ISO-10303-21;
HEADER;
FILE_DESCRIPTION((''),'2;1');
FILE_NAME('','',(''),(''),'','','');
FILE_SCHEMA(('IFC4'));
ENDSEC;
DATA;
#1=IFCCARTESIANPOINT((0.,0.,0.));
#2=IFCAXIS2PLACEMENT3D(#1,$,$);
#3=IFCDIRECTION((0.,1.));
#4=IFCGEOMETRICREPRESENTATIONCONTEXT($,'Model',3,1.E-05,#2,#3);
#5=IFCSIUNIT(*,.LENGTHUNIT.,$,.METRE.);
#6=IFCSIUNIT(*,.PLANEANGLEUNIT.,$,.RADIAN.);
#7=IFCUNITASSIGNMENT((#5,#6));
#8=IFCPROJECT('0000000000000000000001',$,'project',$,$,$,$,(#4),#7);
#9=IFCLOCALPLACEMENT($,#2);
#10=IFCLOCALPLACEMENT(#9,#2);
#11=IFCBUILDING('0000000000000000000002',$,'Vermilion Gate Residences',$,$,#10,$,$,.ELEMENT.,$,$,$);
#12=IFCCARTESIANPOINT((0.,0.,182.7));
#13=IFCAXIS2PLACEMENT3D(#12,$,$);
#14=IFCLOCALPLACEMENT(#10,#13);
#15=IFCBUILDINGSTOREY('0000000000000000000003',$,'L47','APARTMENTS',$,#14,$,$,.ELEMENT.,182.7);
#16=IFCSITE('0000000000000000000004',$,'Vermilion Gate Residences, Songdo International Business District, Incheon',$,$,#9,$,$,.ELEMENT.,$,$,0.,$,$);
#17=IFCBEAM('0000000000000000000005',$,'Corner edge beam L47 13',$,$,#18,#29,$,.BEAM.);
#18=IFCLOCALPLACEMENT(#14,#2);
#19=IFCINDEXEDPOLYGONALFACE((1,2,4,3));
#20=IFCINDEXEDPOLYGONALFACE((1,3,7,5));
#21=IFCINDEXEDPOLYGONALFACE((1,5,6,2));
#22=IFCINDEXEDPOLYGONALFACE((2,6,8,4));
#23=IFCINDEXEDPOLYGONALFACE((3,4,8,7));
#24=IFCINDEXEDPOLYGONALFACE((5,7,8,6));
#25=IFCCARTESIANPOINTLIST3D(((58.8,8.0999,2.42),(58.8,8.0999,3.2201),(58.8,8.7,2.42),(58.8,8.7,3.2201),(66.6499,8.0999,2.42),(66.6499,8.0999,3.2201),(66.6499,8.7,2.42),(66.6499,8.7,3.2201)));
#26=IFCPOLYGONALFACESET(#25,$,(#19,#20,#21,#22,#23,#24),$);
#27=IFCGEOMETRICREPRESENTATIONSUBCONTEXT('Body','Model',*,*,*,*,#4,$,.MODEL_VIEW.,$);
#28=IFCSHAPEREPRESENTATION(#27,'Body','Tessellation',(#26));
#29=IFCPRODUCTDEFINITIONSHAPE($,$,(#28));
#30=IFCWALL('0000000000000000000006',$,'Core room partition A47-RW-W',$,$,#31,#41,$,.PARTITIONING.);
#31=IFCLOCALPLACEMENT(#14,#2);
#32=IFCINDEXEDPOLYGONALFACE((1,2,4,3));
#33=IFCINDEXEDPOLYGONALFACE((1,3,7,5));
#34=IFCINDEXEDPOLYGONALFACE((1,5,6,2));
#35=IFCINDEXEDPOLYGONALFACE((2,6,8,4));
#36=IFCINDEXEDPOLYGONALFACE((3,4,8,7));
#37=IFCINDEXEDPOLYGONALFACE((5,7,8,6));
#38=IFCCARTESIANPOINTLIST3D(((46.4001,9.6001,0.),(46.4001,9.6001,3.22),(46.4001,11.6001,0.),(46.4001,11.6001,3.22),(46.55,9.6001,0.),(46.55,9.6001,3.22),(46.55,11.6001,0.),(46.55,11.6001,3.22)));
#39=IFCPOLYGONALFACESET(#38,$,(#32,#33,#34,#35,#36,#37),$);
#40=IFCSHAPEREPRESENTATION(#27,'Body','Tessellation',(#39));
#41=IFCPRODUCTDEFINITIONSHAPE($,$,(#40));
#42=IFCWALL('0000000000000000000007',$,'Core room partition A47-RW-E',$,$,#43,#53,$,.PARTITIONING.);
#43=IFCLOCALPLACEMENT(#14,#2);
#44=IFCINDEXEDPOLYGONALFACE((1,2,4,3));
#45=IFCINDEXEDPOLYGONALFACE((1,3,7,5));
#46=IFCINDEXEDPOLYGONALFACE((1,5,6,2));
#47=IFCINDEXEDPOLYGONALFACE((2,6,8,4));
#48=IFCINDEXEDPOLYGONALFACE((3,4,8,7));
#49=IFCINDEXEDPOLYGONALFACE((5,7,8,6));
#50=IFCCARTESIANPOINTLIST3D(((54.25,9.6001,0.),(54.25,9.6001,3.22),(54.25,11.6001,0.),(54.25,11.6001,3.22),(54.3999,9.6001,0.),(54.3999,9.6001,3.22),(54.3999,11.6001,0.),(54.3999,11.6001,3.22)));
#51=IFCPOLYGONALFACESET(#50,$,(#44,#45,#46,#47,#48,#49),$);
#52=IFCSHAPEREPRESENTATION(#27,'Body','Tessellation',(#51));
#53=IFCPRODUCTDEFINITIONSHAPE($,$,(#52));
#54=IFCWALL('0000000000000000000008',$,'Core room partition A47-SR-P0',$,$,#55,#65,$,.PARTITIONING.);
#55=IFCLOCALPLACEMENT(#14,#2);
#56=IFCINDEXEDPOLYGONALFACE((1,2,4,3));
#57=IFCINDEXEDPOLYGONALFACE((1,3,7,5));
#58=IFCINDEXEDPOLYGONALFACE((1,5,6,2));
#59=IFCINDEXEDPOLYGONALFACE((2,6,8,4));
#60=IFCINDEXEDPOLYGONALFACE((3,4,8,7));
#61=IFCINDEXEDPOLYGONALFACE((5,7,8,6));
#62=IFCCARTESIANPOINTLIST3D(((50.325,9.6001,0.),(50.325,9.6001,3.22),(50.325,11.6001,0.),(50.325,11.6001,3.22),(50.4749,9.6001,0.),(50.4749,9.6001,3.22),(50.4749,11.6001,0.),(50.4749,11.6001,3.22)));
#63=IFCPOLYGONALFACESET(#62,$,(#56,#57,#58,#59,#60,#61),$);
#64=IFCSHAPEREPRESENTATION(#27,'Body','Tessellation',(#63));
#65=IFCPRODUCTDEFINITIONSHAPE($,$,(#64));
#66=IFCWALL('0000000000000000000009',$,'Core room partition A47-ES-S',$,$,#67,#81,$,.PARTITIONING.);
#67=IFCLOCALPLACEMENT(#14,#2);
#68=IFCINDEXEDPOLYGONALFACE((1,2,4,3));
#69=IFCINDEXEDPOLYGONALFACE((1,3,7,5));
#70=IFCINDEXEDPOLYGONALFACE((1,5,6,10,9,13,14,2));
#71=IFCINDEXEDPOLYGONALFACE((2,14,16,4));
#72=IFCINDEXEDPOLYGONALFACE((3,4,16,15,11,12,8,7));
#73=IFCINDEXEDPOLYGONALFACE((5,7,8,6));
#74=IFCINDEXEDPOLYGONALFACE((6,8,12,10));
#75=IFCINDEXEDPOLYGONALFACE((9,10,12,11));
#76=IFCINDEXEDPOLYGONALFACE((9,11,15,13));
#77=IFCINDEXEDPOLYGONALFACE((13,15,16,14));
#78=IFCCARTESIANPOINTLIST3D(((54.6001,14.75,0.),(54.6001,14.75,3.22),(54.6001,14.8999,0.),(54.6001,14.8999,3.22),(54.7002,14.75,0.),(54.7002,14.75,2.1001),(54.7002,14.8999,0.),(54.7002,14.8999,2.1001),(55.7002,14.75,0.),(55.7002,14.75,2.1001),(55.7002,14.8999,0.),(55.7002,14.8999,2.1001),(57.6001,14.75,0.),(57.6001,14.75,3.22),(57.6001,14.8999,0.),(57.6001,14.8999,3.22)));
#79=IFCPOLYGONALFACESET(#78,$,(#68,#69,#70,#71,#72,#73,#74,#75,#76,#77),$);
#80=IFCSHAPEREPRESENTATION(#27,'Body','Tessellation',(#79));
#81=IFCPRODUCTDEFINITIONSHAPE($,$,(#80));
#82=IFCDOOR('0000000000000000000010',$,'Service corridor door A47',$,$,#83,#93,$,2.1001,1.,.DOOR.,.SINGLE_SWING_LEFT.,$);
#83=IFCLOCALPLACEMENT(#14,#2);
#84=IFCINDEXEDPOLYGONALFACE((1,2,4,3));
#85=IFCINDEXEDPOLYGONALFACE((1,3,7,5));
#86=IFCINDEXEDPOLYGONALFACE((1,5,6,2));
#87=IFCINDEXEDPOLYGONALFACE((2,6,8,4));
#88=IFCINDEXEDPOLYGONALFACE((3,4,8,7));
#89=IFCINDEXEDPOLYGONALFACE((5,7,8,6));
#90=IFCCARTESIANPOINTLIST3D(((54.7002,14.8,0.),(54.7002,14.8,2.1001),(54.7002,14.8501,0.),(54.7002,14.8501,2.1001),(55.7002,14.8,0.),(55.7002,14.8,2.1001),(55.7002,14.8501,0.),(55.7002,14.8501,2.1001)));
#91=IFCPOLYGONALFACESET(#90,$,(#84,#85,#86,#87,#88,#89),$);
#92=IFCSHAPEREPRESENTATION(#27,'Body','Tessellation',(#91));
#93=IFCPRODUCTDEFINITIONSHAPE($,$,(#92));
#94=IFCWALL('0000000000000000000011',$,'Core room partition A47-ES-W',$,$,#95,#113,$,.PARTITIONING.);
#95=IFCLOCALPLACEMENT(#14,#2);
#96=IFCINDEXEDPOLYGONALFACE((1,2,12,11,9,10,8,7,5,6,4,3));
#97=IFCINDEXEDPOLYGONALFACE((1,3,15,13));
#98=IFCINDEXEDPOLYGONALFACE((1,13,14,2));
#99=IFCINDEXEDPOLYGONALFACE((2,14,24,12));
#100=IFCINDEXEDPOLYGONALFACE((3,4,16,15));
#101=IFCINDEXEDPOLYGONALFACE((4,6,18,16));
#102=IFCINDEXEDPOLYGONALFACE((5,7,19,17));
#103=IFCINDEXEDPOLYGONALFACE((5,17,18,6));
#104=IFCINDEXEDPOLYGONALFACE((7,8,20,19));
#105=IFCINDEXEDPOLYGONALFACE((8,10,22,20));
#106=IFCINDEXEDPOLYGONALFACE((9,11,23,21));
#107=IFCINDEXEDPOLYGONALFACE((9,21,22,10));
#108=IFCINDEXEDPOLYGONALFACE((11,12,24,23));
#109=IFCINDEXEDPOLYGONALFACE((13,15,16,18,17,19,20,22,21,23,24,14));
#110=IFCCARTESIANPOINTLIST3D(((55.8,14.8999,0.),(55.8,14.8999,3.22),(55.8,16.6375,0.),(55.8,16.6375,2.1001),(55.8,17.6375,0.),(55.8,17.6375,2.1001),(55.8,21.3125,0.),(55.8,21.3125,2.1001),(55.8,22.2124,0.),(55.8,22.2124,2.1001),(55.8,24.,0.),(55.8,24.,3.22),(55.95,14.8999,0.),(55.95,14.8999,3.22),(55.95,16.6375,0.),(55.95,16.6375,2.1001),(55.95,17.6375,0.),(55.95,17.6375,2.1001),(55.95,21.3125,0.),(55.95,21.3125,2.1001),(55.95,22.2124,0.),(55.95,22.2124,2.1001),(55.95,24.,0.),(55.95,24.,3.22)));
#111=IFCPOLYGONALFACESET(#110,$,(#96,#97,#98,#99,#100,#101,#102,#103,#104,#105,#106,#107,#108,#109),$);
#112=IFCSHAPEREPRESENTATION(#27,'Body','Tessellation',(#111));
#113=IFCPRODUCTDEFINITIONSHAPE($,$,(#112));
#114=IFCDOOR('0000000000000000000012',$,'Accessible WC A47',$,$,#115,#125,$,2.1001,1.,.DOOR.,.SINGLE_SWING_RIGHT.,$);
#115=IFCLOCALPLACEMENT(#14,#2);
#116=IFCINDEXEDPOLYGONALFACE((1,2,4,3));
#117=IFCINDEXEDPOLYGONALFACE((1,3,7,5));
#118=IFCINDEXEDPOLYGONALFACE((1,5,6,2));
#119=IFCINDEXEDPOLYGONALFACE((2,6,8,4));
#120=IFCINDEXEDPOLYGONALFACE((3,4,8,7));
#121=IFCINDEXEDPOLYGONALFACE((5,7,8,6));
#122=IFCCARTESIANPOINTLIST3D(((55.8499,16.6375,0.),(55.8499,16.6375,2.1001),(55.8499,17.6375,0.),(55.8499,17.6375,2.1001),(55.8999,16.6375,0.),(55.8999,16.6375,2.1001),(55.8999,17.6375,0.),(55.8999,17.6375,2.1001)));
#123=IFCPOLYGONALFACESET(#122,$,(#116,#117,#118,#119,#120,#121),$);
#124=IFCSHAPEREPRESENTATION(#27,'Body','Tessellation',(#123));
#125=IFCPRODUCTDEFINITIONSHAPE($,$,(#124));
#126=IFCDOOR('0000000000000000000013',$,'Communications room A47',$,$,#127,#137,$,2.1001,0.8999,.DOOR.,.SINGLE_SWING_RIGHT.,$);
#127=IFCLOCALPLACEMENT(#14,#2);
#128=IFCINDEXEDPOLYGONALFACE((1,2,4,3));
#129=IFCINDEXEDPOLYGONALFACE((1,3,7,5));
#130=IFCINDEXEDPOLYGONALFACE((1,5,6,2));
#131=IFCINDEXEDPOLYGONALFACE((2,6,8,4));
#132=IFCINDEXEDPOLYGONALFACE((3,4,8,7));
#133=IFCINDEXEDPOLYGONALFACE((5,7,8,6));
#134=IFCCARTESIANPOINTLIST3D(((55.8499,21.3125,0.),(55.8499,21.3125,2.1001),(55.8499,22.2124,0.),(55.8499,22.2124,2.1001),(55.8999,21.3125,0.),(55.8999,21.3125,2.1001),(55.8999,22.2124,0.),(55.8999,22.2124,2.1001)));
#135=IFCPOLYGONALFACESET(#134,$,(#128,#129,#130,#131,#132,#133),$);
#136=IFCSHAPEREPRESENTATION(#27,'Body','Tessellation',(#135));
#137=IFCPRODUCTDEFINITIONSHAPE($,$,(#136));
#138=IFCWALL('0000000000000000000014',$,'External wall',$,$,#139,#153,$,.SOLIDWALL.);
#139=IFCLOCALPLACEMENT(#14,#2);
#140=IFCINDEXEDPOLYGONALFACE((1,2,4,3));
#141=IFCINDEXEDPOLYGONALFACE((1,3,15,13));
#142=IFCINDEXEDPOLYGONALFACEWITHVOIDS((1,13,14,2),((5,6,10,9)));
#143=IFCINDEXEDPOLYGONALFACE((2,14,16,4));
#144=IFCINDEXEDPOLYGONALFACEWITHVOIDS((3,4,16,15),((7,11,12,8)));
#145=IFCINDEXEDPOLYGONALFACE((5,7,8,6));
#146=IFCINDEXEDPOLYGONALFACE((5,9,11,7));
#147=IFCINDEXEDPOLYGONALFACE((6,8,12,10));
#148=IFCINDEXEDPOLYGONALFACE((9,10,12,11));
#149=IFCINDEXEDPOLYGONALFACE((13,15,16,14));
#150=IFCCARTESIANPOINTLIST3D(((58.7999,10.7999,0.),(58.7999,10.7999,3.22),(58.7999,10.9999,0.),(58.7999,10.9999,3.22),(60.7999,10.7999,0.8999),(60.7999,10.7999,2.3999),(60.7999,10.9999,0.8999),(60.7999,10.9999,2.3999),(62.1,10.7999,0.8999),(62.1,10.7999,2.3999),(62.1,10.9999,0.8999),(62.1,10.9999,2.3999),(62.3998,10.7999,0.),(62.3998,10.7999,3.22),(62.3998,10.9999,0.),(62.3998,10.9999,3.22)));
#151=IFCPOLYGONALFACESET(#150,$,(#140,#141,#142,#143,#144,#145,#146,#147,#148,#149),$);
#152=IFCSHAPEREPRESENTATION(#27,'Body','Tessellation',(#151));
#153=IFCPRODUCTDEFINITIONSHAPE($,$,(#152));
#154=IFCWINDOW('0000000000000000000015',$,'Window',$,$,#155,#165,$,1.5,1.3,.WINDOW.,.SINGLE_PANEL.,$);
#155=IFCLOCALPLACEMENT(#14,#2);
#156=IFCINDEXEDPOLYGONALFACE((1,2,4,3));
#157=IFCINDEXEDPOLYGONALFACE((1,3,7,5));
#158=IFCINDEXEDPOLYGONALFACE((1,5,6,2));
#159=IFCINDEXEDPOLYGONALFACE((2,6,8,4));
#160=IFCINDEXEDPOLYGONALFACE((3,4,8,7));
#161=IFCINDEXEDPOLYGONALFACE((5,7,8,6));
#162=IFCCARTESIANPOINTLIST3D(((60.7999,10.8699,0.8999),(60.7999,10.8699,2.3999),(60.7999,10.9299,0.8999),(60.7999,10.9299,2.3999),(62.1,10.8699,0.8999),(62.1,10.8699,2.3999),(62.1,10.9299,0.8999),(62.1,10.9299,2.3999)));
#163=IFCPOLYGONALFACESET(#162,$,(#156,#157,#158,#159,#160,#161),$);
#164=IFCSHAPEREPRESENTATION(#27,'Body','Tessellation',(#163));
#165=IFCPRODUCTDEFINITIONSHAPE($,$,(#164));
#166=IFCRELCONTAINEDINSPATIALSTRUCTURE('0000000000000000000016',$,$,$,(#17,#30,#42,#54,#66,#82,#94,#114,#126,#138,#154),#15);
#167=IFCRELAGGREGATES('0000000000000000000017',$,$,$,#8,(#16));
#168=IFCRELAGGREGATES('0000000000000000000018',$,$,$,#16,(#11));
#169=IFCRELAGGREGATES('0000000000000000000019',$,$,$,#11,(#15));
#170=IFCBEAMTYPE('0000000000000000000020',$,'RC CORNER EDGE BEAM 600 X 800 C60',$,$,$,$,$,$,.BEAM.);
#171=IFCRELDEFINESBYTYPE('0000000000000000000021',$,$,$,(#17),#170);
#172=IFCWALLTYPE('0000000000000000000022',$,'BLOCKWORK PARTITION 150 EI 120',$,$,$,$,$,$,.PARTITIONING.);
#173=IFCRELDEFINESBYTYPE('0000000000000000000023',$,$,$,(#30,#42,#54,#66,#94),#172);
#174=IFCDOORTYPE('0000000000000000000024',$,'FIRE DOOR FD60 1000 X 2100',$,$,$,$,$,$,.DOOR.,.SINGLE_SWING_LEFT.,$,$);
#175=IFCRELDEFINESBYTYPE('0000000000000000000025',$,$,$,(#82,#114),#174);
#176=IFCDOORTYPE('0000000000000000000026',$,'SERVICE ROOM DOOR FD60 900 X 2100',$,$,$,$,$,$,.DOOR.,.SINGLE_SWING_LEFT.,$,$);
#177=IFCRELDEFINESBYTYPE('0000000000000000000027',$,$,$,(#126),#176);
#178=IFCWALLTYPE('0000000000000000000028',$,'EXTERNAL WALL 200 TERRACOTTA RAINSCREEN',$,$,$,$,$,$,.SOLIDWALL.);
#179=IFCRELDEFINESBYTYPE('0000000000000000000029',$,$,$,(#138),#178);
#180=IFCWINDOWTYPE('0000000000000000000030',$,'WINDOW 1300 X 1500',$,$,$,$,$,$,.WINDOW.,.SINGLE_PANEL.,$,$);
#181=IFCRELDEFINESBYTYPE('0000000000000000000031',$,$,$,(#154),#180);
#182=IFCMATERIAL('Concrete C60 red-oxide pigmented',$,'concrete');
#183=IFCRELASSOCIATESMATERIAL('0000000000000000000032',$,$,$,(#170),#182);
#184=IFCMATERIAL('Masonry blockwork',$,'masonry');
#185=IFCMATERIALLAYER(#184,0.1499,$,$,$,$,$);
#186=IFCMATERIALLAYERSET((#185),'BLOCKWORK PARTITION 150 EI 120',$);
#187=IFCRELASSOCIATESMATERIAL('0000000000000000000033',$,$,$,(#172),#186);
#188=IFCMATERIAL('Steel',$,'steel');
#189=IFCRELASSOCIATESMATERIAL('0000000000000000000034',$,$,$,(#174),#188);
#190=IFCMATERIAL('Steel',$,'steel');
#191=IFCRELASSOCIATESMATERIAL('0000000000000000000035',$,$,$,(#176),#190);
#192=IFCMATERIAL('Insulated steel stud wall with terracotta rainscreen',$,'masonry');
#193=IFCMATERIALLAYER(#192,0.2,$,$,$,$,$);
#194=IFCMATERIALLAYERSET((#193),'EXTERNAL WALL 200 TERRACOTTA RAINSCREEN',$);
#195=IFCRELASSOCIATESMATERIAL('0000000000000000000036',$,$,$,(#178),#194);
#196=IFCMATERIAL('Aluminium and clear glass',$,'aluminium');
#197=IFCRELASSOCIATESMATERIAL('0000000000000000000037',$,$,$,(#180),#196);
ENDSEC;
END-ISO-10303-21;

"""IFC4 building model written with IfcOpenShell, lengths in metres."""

from ifc_helpers import new_model, si_unit, direction, frame, frame_2d, origin, origin_2d, place, context, subcontext, project, spatial, rectangle, extrude, material, layer, layer_set, material_profile, profile_set, type_object, element, fill, save


model = new_model("IFC4")

# Units and contexts
model_context = context("Model", 3, precision=1e-05, world=origin(), true_north=direction((0.0, 1.0)))
body_context = subcontext(model_context, "Body", "Model", "MODEL_VIEW")
ifc_project = project(units=[si_unit("LENGTHUNIT", "METRE"), si_unit("PLANEANGLEUNIT", "RADIAN")], contexts=[model_context])

# Site, building, storey
site_placement = place(None, origin())
site = spatial("IfcSite", under=ifc_project, at=site_placement, Name="Vermilion Gate Residences, Songdo International Business District, Incheon", CompositionType="ELEMENT", RefElevation=0.0)
building_placement = place(site_placement, origin())
building = spatial("IfcBuilding", under=site, at=building_placement, Name="Vermilion Gate Residences", CompositionType="ELEMENT")
storey_placement = place(building_placement, frame((0.0, 0.0, 182.7)))
storey = spatial("IfcBuildingStorey", under=building, at=storey_placement, Name="L47", Description="APARTMENTS", CompositionType="ELEMENT", Elevation=182.7)

# Beam
ifc_material_1 = material(Name="Concrete C60 red-oxide pigmented", Category="concrete")
ifc_material_profile = material_profile(ifc_material_1, rectangle(XDim=0.6001, YDim=0.8, at=origin_2d()), Name="RC-600x800")
ifc_profile_set = profile_set([ifc_material_profile], Name="Concrete C60 red-oxide pigmented")
beam_type = type_object("IfcBeamType", Name="RC CORNER EDGE BEAM 600 X 800 C60", PredefinedType="BEAM", material=ifc_profile_set)
beam_placement = place(storey_placement, frame((58.8, 8.3999, 2.8201), z_axis=(1.0, 0.0, 0.0), x_axis=(0.0, 1.0, 0.0)))
element("IfcBeam", 1, at=beam_placement, inside=storey, type_object=beam_type, Name="Corner edge beam L47 13", PredefinedType="BEAM", context=body_context, shape_type="SweptSolid", body=[
    extrude(rectangle(XDim=0.6001, YDim=0.8, at=origin_2d()), origin(), (0.0, 0.0, 1.0), 7.8499),
])

# Walls
ifc_material_2 = material(Name="Masonry blockwork", Category="masonry")
ifc_layer_1 = layer(ifc_material_2, 0.1499)
ifc_layer_set_1 = layer_set([ifc_layer_1], Name="BLOCKWORK PARTITION 150 EI 120")
wall_type_1 = type_object("IfcWallType", Name="BLOCKWORK PARTITION 150 EI 120", PredefinedType="PARTITIONING", material=ifc_layer_set_1)
for number, where, z_axis, x_axis, name in (
    (2, (46.4751, 9.6001, 0.0), (0.0, 0.0, 1.0), (0.0, 1.0, 0.0), "Core room partition A47-RW-W"),
    (3, (54.325, 9.6001, 0.0), (0.0, 0.0, 1.0), (0.0, 1.0, 0.0), "Core room partition A47-RW-E"),
    (4, (50.3999, 9.6001, 0.0), (0.0, 0.0, 1.0), (0.0, 1.0, 0.0), "Core room partition A47-SR-P0"),
):
    element("IfcWall", number, at=place(storey_placement, frame(where, z_axis=z_axis, x_axis=x_axis)), inside=storey, type_object=wall_type_1, Name=name, PredefinedType="PARTITIONING", context=body_context, shape_type="SweptSolid", body=[
        extrude(rectangle(XDim=2.0, YDim=0.1499, at=frame_2d((1.0, 0.0))), origin(), (0.0, 0.0, 1.0), 3.22),
    ])

# Wall, opening, door
wall_1_placement = place(storey_placement, frame((54.6001, 14.825, 0.0), z_axis=(0.0, 0.0, 1.0), x_axis=(1.0, 0.0, 0.0)))
wall_1 = element("IfcWall", 5, at=wall_1_placement, inside=storey, type_object=wall_type_1, Name="Core room partition A47-ES-S", PredefinedType="PARTITIONING", context=body_context, shape_type="SweptSolid", body=[
    extrude(rectangle(XDim=3.0, YDim=0.1499, at=frame_2d((1.5, 0.0))), origin(), (0.0, 0.0, 1.0), 3.22),
])
opening_1_placement = place(wall_1_placement, frame((0.1001, 0.0, 0.0)))
opening_1 = element("IfcOpeningElement", 6, at=opening_1_placement, cuts=wall_1, PredefinedType="OPENING", context=body_context, shape_type="SweptSolid", body=[
    extrude(rectangle(XDim=1.0, YDim=2.1001, at=frame_2d((0.5, 1.05))), frame((0.0, 0.085, 0.0), z_axis=(0.0, -1.0, 0.0), x_axis=(1.0, 0.0, 0.0)), (0.0, 0.0, 1.0), 0.1699),
])
ifc_material_3 = material(Name="Steel", Category="steel")
door_type_1 = type_object("IfcDoorType", Name="FIRE DOOR FD60 1000 X 2100", OperationType="SINGLE_SWING_LEFT", PredefinedType="DOOR", material=ifc_material_3)
door_1_placement = place(opening_1_placement, frame((1.0, 0.0, 0.0), z_axis=(0.0, 0.0, 1.0), x_axis=(-1.0, 0.0, 0.0)))
door_1 = element("IfcDoor", 7, at=door_1_placement, inside=storey, type_object=door_type_1, Name="Service corridor door A47", OperationType="SINGLE_SWING_LEFT", OverallHeight=2.1001, OverallWidth=1.0, PredefinedType="DOOR", context=body_context, shape_type="SweptSolid", body=[
    extrude(rectangle(XDim=1.0, YDim=2.1001, at=frame_2d((0.5, 1.05))), frame((0.0, 0.0249, 0.0), z_axis=(0.0, -1.0, 0.0), x_axis=(1.0, 0.0, 0.0)), (0.0, 0.0, 1.0), 0.05),
])
fill(opening_1, door_1)

# Wall, openings, doors
wall_2_placement = place(storey_placement, frame((55.875, 14.8999, 0.0), z_axis=(0.0, 0.0, 1.0), x_axis=(0.0, 1.0, 0.0)))
wall_2 = element("IfcWall", 8, at=wall_2_placement, inside=storey, type_object=wall_type_1, Name="Core room partition A47-ES-W", PredefinedType="PARTITIONING", context=body_context, shape_type="SweptSolid", body=[
    extrude(rectangle(XDim=9.1001, YDim=0.1499, at=frame_2d((4.55, 0.0))), origin(), (0.0, 0.0, 1.0), 3.22),
])
opening_2_placement = place(wall_2_placement, frame((1.7375, 0.0, 0.0)))
opening_2 = element("IfcOpeningElement", 9, at=opening_2_placement, cuts=wall_2, PredefinedType="OPENING", context=body_context, shape_type="SweptSolid", body=[
    extrude(rectangle(XDim=1.0, YDim=2.1001, at=frame_2d((0.5, 1.05))), frame((0.0, 0.085, 0.0), z_axis=(0.0, -1.0, 0.0), x_axis=(1.0, 0.0, 0.0)), (0.0, 0.0, 1.0), 0.1699),
])
opening_3_placement = place(wall_2_placement, frame((6.4126, 0.0, 0.0)))
opening_3 = element("IfcOpeningElement", 10, at=opening_3_placement, cuts=wall_2, PredefinedType="OPENING", context=body_context, shape_type="SweptSolid", body=[
    extrude(rectangle(XDim=0.8999, YDim=2.1001, at=frame_2d((0.45, 1.05))), frame((0.0, 0.085, 0.0), z_axis=(0.0, -1.0, 0.0), x_axis=(1.0, 0.0, 0.0)), (0.0, 0.0, 1.0), 0.1699),
])
door_2_placement = place(opening_2_placement, frame((1.0, 0.0, 0.0), z_axis=(0.0, 0.0, 1.0), x_axis=(-1.0, 0.0, 0.0)))
door_2 = element("IfcDoor", 11, at=door_2_placement, inside=storey, type_object=door_type_1, Name="Accessible WC A47", OperationType="SINGLE_SWING_RIGHT", OverallHeight=2.1001, OverallWidth=1.0, PredefinedType="DOOR", context=body_context, shape_type="SweptSolid", body=[
    extrude(rectangle(XDim=1.0, YDim=2.1001, at=frame_2d((0.5, 1.05))), frame((0.0, 0.0249, 0.0), z_axis=(0.0, -1.0, 0.0), x_axis=(1.0, 0.0, 0.0)), (0.0, 0.0, 1.0), 0.05),
])
fill(opening_2, door_2)
ifc_material_4 = material(Name="Steel", Category="steel")
door_type_2 = type_object("IfcDoorType", Name="SERVICE ROOM DOOR FD60 900 X 2100", OperationType="SINGLE_SWING_LEFT", PredefinedType="DOOR", material=ifc_material_4)
door_3_placement = place(opening_3_placement, frame((0.8999, 0.0, 0.0), z_axis=(0.0, 0.0, 1.0), x_axis=(-1.0, 0.0, 0.0)))
door_3 = element("IfcDoor", 12, at=door_3_placement, inside=storey, type_object=door_type_2, Name="Communications room A47", OperationType="SINGLE_SWING_RIGHT", OverallHeight=2.1001, OverallWidth=0.8999, PredefinedType="DOOR", context=body_context, shape_type="SweptSolid", body=[
    extrude(rectangle(XDim=0.8999, YDim=2.1001, at=frame_2d((0.45, 1.05))), frame((0.0, 0.0249, 0.0), z_axis=(0.0, -1.0, 0.0), x_axis=(1.0, 0.0, 0.0)), (0.0, 0.0, 1.0), 0.05),
])
fill(opening_3, door_3)

# Wall, opening, window
ifc_material_5 = material(Name="Insulated steel stud wall with terracotta rainscreen", Category="masonry")
ifc_layer_2 = layer(ifc_material_5, 0.2)
ifc_layer_set_2 = layer_set([ifc_layer_2], Name="EXTERNAL WALL 200 TERRACOTTA RAINSCREEN")
wall_type_2 = type_object("IfcWallType", Name="EXTERNAL WALL 200 TERRACOTTA RAINSCREEN", PredefinedType="SOLIDWALL", material=ifc_layer_set_2)
wall_3_placement = place(storey_placement, frame((58.8, 10.8999, 0.0), z_axis=(0.0, 0.0, 1.0), x_axis=(1.0, 0.0, 0.0)))
wall_3 = element("IfcWall", 13, at=wall_3_placement, inside=storey, type_object=wall_type_2, Name="External wall", PredefinedType="SOLIDWALL", context=body_context, shape_type="SweptSolid", body=[
    extrude(rectangle(XDim=3.5999, YDim=0.2, at=frame_2d((1.7998, 0.0))), origin(), (0.0, 0.0, 1.0), 3.22),
])
opening_4_placement = place(wall_3_placement, frame((2.0, 0.0, 0.8999)))
opening_4 = element("IfcOpeningElement", 14, at=opening_4_placement, cuts=wall_3, PredefinedType="OPENING", context=body_context, shape_type="SweptSolid", body=[
    extrude(rectangle(XDim=1.3, YDim=1.5, at=frame_2d((0.6499, 0.75))), frame((0.0, 0.1099, 0.0), z_axis=(0.0, -1.0, 0.0), x_axis=(1.0, 0.0, 0.0)), (0.0, 0.0, 1.0), 0.22),
])
ifc_material_6 = material(Name="Aluminium and clear glass", Category="aluminium")
window_type = type_object("IfcWindowType", Name="WINDOW 1300 X 1500", PartitioningType="SINGLE_PANEL", PredefinedType="WINDOW", material=ifc_material_6)
window_placement = place(opening_4_placement, origin())
window = element("IfcWindow", 15, at=window_placement, inside=storey, type_object=window_type, Name="Window", OverallHeight=1.5, OverallWidth=1.3, PartitioningType="SINGLE_PANEL", PredefinedType="WINDOW", context=body_context, shape_type="SweptSolid", body=[
    extrude(rectangle(XDim=1.3, YDim=1.5, at=frame_2d((0.6499, 0.75))), frame((0.0, 0.03, 0.0), z_axis=(0.0, -1.0, 0.0), x_axis=(1.0, 0.0, 0.0)), (0.0, 0.0, 1.0), 0.0601),
])
fill(opening_4, window)

save(model, "model.ifc")
